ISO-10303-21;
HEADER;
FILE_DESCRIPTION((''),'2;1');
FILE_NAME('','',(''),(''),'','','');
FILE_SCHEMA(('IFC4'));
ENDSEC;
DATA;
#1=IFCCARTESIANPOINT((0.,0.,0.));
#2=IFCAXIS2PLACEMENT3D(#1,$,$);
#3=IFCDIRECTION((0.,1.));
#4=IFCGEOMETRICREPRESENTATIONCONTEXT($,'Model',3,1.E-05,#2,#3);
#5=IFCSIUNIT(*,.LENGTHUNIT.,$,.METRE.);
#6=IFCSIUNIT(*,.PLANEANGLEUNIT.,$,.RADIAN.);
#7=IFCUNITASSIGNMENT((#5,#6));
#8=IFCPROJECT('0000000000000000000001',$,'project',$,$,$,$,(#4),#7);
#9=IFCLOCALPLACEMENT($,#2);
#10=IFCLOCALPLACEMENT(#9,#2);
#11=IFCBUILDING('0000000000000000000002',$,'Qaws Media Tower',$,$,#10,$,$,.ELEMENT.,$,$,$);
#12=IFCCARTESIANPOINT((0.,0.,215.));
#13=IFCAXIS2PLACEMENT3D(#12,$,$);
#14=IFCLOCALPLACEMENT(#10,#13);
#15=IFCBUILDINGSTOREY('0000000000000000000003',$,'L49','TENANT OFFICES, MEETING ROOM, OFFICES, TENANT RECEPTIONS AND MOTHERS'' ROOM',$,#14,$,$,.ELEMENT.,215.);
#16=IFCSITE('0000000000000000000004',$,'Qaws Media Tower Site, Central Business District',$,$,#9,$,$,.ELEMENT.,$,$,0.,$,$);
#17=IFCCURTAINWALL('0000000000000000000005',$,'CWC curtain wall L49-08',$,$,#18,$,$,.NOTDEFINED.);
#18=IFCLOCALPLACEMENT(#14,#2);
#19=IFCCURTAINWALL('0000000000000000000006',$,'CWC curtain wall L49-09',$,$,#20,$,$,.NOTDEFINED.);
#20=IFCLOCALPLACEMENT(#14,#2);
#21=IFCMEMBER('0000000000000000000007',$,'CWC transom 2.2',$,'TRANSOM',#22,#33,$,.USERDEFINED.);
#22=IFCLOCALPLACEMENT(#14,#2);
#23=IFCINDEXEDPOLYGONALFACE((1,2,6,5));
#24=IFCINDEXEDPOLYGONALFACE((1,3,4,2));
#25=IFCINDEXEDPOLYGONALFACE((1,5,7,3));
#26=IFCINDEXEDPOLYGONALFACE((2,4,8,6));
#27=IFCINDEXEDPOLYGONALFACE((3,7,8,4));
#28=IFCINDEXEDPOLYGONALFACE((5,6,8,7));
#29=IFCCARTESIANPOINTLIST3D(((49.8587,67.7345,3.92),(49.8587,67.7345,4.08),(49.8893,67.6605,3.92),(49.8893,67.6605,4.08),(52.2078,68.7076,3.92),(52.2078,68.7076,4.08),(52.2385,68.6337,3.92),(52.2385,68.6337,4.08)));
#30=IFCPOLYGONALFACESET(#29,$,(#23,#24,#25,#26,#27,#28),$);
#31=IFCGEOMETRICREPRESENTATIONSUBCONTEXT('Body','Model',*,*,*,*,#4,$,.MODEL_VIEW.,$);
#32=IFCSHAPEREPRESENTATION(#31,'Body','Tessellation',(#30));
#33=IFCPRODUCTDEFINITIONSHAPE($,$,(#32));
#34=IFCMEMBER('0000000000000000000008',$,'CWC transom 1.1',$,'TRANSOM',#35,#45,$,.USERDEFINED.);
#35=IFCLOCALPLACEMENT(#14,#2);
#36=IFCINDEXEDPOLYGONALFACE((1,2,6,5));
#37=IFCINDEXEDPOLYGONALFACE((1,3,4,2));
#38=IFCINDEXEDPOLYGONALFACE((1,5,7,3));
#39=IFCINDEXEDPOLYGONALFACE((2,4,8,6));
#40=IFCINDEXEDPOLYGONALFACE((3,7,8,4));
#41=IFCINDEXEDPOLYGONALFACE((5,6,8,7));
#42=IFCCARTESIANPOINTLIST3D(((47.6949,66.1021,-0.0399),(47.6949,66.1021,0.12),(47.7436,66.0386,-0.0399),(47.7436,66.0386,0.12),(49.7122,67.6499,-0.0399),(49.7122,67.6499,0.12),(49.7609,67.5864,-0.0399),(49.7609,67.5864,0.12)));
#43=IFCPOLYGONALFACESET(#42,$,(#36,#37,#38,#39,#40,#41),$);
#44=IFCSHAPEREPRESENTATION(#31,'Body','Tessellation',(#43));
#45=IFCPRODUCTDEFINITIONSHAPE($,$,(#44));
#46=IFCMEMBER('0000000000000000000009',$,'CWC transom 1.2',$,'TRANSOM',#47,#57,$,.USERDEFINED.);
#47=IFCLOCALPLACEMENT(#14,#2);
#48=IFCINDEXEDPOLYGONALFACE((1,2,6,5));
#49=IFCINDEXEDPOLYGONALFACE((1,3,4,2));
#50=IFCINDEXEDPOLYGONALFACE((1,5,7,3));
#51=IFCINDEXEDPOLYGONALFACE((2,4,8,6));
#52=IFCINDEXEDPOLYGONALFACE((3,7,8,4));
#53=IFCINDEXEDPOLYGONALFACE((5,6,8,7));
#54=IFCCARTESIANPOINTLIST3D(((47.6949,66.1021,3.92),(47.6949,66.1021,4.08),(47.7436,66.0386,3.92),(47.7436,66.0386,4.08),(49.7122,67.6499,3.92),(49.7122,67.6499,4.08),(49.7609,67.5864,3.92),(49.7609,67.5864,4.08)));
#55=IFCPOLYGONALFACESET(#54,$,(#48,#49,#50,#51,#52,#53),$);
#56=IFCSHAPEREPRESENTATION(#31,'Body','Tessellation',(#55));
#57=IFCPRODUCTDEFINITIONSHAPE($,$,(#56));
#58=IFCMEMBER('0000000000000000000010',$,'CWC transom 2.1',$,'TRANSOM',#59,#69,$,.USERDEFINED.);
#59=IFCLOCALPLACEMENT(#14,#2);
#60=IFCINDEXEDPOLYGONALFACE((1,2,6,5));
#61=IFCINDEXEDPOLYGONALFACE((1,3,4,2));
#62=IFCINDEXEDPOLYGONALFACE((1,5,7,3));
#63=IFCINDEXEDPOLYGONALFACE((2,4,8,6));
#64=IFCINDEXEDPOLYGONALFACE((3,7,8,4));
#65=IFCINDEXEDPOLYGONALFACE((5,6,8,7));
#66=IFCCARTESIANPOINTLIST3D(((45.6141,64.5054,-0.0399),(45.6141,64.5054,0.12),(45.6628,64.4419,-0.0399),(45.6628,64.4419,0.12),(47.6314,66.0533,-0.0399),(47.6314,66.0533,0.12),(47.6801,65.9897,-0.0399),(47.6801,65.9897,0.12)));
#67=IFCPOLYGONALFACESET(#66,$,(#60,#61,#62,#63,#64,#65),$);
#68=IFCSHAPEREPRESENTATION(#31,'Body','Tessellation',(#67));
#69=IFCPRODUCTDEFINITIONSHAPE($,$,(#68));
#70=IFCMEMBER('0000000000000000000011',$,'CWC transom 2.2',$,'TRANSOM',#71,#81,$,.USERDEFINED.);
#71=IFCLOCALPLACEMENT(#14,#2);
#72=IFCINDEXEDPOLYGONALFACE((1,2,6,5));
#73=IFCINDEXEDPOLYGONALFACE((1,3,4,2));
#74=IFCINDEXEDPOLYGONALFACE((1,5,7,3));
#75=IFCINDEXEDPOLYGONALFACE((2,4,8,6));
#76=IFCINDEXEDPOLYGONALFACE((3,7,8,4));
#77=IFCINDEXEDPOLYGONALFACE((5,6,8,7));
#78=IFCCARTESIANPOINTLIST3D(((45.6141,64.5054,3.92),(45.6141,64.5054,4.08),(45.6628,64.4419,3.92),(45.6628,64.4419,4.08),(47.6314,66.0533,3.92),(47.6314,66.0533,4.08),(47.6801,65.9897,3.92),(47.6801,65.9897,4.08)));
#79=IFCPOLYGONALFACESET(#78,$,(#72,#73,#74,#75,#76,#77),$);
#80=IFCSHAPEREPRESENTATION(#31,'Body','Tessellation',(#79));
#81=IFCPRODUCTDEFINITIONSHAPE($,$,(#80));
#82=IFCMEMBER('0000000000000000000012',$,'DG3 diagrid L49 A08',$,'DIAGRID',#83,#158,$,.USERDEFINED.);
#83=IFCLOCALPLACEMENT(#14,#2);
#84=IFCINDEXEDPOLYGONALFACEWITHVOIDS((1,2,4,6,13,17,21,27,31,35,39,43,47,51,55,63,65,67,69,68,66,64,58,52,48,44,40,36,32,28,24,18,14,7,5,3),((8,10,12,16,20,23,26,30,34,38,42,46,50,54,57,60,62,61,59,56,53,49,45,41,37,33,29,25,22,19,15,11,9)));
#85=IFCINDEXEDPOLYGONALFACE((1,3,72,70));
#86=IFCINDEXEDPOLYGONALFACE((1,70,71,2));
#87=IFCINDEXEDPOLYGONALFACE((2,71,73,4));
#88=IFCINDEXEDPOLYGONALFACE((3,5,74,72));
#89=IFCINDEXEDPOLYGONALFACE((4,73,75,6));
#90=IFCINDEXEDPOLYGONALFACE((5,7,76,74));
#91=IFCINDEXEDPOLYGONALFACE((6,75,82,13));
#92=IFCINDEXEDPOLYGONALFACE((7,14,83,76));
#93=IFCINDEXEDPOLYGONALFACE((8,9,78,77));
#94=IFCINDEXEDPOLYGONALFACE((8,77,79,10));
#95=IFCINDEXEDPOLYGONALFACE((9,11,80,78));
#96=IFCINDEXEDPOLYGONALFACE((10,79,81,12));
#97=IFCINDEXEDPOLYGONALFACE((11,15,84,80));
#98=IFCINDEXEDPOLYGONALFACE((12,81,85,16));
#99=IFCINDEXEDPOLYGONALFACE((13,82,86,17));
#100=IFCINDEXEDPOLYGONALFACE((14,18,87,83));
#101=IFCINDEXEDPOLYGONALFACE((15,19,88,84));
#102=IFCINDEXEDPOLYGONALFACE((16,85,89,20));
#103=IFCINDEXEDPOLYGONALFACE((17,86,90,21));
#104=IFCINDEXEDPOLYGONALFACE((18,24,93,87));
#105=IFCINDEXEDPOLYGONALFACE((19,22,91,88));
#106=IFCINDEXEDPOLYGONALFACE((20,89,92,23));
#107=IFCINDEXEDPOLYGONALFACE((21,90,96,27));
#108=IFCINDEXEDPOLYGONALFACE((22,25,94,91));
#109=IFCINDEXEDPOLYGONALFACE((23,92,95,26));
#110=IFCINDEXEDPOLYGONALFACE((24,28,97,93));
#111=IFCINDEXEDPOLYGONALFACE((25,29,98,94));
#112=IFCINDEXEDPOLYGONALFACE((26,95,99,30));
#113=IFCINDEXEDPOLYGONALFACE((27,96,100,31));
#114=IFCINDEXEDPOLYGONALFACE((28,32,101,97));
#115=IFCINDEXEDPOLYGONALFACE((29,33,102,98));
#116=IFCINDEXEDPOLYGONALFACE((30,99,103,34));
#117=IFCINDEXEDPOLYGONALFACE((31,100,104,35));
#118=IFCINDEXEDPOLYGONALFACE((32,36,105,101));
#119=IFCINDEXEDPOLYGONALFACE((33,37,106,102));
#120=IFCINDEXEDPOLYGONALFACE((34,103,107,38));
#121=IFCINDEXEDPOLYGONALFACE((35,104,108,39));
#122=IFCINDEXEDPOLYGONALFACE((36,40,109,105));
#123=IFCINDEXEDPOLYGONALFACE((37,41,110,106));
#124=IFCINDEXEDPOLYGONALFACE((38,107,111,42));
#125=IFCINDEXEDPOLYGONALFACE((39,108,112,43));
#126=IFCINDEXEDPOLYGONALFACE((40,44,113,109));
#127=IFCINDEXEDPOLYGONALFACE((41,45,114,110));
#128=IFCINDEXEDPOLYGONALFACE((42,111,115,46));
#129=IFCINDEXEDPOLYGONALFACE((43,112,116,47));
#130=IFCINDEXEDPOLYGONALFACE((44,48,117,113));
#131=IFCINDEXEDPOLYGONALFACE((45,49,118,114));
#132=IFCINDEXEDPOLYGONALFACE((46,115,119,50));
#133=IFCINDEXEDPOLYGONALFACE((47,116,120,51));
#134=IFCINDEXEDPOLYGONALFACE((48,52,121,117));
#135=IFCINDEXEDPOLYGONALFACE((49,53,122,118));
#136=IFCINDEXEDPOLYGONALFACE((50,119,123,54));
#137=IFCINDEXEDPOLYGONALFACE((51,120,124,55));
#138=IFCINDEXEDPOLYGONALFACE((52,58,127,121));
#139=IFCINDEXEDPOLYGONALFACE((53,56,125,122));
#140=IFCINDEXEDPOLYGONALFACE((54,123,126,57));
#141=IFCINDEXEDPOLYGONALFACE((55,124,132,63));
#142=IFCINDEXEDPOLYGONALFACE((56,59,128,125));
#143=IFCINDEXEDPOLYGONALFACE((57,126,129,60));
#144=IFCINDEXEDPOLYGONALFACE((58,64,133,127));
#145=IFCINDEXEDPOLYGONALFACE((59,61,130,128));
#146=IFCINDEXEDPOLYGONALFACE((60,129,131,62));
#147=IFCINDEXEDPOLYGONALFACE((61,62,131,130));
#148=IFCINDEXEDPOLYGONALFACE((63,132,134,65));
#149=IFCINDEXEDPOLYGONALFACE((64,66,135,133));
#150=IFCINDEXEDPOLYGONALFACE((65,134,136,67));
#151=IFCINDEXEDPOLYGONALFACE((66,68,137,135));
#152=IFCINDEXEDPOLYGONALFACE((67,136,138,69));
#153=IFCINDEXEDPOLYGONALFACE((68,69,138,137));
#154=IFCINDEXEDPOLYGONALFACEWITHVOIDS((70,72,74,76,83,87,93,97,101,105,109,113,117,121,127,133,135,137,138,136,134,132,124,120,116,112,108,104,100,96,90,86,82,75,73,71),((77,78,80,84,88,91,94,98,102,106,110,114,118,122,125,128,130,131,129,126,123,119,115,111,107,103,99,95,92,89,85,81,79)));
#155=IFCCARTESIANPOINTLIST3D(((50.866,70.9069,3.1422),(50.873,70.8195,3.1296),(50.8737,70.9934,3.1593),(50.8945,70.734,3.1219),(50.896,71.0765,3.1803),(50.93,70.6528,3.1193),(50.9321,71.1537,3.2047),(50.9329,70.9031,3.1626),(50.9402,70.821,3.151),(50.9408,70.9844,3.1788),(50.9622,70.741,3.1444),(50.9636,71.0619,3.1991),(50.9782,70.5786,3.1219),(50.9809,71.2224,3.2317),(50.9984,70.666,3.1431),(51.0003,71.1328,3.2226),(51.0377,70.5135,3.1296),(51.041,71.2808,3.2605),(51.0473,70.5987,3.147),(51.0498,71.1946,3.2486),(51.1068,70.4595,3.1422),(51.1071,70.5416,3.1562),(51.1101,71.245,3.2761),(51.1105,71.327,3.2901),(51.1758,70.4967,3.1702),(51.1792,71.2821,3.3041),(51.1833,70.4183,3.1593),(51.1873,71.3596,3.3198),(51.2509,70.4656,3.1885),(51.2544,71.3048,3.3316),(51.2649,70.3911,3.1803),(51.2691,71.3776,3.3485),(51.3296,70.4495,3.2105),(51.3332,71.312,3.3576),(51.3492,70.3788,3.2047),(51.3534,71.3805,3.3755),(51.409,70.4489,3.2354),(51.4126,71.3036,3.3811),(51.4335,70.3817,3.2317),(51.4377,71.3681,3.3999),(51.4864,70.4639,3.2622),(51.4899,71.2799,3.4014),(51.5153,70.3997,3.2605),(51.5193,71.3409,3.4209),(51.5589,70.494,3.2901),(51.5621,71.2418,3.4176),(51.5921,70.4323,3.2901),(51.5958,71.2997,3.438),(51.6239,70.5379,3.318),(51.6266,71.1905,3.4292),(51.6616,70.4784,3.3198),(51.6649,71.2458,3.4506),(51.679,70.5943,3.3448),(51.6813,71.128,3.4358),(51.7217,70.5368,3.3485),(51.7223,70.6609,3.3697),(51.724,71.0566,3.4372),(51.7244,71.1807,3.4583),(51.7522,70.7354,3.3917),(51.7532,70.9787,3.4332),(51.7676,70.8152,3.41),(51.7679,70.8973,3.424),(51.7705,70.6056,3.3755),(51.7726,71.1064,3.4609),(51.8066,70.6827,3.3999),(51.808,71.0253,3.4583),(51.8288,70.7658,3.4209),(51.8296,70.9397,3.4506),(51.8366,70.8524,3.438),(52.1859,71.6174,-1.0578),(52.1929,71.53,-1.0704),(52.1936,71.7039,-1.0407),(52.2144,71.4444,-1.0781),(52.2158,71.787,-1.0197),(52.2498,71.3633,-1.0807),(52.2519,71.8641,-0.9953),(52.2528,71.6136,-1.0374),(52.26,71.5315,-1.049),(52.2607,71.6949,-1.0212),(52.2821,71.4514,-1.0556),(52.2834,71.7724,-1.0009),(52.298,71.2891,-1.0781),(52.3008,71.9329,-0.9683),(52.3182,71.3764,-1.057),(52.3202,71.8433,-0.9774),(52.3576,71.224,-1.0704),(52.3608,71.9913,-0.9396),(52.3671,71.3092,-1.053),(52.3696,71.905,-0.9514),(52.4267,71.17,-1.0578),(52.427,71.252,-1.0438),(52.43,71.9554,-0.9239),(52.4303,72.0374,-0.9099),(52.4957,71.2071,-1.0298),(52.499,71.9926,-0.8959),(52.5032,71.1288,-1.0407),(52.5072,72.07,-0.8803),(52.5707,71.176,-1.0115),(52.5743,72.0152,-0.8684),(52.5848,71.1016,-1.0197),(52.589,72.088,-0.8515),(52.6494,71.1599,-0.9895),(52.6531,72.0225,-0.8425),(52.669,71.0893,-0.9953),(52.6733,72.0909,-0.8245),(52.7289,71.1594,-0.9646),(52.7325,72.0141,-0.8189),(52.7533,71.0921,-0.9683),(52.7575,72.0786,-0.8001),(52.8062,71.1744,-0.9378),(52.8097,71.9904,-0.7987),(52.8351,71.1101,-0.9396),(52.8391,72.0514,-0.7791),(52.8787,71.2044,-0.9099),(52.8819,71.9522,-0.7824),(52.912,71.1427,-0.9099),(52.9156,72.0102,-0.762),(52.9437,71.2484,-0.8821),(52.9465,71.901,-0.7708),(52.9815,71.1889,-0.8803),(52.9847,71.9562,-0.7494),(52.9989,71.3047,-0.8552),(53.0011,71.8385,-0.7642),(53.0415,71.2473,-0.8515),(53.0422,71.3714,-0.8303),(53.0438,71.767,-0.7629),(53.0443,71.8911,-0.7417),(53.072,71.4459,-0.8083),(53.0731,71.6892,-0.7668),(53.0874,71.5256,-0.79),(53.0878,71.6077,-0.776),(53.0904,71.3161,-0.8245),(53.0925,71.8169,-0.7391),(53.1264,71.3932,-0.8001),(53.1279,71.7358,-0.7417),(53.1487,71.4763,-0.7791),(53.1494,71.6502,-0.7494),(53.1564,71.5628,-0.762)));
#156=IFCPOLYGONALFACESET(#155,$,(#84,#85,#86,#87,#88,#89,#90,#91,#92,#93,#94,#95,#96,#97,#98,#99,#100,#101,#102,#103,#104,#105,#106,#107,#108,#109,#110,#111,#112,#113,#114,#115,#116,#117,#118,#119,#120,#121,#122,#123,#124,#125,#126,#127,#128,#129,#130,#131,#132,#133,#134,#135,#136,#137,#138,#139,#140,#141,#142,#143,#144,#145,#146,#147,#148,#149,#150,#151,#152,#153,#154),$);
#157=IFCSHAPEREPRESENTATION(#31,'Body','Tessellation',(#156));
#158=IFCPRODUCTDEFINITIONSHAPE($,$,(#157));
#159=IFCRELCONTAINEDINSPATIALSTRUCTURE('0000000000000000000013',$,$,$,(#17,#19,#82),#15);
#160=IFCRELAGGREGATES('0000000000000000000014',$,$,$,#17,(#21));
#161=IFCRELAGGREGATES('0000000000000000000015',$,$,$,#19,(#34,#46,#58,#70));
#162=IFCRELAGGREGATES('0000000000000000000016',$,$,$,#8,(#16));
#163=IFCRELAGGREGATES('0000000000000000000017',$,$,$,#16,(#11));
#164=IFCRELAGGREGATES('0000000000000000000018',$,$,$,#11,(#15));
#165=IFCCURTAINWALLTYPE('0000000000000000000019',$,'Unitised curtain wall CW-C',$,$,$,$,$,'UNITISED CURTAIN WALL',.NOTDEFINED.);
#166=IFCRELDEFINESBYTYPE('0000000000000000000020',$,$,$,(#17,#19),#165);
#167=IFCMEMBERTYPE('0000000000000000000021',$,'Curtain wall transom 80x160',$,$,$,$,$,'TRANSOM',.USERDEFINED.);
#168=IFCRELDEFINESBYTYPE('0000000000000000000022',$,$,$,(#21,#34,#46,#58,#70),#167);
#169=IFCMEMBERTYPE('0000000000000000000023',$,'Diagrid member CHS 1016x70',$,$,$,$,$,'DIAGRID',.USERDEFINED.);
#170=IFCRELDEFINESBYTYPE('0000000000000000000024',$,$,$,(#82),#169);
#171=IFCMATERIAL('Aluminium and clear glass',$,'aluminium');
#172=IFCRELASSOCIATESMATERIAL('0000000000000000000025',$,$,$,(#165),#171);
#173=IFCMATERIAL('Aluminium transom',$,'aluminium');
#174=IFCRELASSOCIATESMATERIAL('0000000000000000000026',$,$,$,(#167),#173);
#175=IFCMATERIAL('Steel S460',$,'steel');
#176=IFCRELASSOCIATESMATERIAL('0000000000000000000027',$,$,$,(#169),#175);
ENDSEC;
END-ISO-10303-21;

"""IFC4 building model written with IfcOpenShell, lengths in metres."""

from ifc_helpers import new_model, si_unit, direction, frame, origin, origin_2d, place, context, subcontext, project, spatial, rectangle, hollow_circle, extrude, material, material_profile, profile_set, type_object, element, aggregate, save


model = new_model("IFC4")

# Units and contexts
model_context = context("Model", 3, precision=1e-05, world=origin(), true_north=direction((0.0, 1.0)))
body_context = subcontext(model_context, "Body", "Model", "MODEL_VIEW")
ifc_project = project(units=[si_unit("LENGTHUNIT", "METRE"), si_unit("PLANEANGLEUNIT", "RADIAN")], contexts=[model_context])

# Site, building, storey
site_placement = place(None, origin())
site = spatial("IfcSite", under=ifc_project, at=site_placement, Name="Qaws Media Tower Site, Central Business District", CompositionType="ELEMENT", RefElevation=0.0)
building_placement = place(site_placement, origin())
building = spatial("IfcBuilding", under=site, at=building_placement, Name="Qaws Media Tower", CompositionType="ELEMENT")
storey_placement = place(building_placement, frame((0.0, 0.0, 215.0)))
storey = spatial("IfcBuildingStorey", under=building, at=storey_placement, Name="L49", Description="TENANT OFFICES, MEETING ROOM, OFFICES, TENANT RECEPTIONS AND MOTHERS' ROOM", CompositionType="ELEMENT", Elevation=215.0)

# Curtain walls
ifc_material_1 = material(Name="Aluminium and clear glass", Category="aluminium")
curtain_wall_type = type_object("IfcCurtainWallType", Name="Unitised curtain wall CW-C", ElementType="UNITISED CURTAIN WALL", PredefinedType="NOTDEFINED", material=ifc_material_1)
curtain_wall_1_placement = place(storey_placement, origin())
curtain_wall_1 = element("IfcCurtainWall", 1, at=curtain_wall_1_placement, inside=storey, type_object=curtain_wall_type, Name="CWC curtain wall L49-08", PredefinedType="NOTDEFINED")
curtain_wall_2_placement = place(storey_placement, origin())
curtain_wall_2 = element("IfcCurtainWall", 2, at=curtain_wall_2_placement, inside=storey, type_object=curtain_wall_type, Name="CWC curtain wall L49-09", PredefinedType="NOTDEFINED")

# Members
ifc_material_2 = material(Name="Aluminium transom", Category="aluminium")
ifc_material_profile_1 = material_profile(ifc_material_2, rectangle(XDim=0.0801, YDim=0.1599, at=origin_2d()), Name="80x160")
ifc_profile_set_1 = profile_set([ifc_material_profile_1], Name="Aluminium transom")
member_type_1 = type_object("IfcMemberType", Name="Curtain wall transom 80x160", ElementType="TRANSOM", PredefinedType="USERDEFINED", material=ifc_profile_set_1)
member_1_placement = place(storey_placement, frame((52.2231, 68.6707, 4.0), z_axis=(-0.923865, -0.382719, 0.0), x_axis=(0.382719, -0.923865, 0.0)))
member_1 = element("IfcMember", 3, at=member_1_placement, type_object=member_type_1, Name="CWC transom 2.2", ObjectType="TRANSOM", PredefinedType="USERDEFINED", context=body_context, shape_type="SweptSolid", body=[
    extrude(rectangle(XDim=0.0801, YDim=0.1599, at=origin_2d()), origin(), (0.0, 0.0, 1.0), 2.5427),
])
member_2_placement = place(storey_placement, frame((49.7366, 67.6182, 0.04), z_axis=(-0.793373, -0.608736, 0.0), x_axis=(0.608736, -0.793373, 0.0)))
member_2 = element("IfcMember", 4, at=member_2_placement, type_object=member_type_1, Name="CWC transom 1.1", ObjectType="TRANSOM", PredefinedType="USERDEFINED", context=body_context, shape_type="SweptSolid", body=[
    extrude(rectangle(XDim=0.0801, YDim=0.1599, at=origin_2d()), origin(), (0.0, 0.0, 1.0), 2.5427),
])
member_3_placement = place(storey_placement, frame((49.7366, 67.6182, 4.0), z_axis=(-0.793373, -0.608736, 0.0), x_axis=(0.608736, -0.793373, 0.0)))
member_3 = element("IfcMember", 5, at=member_3_placement, type_object=member_type_1, Name="CWC transom 1.2", ObjectType="TRANSOM", PredefinedType="USERDEFINED", context=body_context, shape_type="SweptSolid", body=[
    extrude(rectangle(XDim=0.0801, YDim=0.1599, at=origin_2d()), origin(), (0.0, 0.0, 1.0), 2.5427),
])
member_4_placement = place(storey_placement, frame((47.6558, 66.0215, 0.04), z_axis=(-0.793373, -0.608736, 0.0), x_axis=(0.608736, -0.793373, 0.0)))
member_4 = element("IfcMember", 6, at=member_4_placement, type_object=member_type_1, Name="CWC transom 2.1", ObjectType="TRANSOM", PredefinedType="USERDEFINED", context=body_context, shape_type="SweptSolid", body=[
    extrude(rectangle(XDim=0.0801, YDim=0.1599, at=origin_2d()), origin(), (0.0, 0.0, 1.0), 2.5427),
])
member_5_placement = place(storey_placement, frame((47.6558, 66.0215, 4.0), z_axis=(-0.793373, -0.608736, 0.0), x_axis=(0.608736, -0.793373, 0.0)))
member_5 = element("IfcMember", 7, at=member_5_placement, type_object=member_type_1, Name="CWC transom 2.2", ObjectType="TRANSOM", PredefinedType="USERDEFINED", context=body_context, shape_type="SweptSolid", body=[
    extrude(rectangle(XDim=0.0801, YDim=0.1599, at=origin_2d()), origin(), (0.0, 0.0, 1.0), 2.5427),
])

# Member
ifc_material_3 = material(Name="Steel S460", Category="steel")
ifc_material_profile_2 = material_profile(ifc_material_3, hollow_circle(Radius=0.5081, WallThickness=0.0701, at=origin_2d()), Name="CHS 1016x70")
ifc_profile_set_2 = profile_set([ifc_material_profile_2], Name="Steel S460")
member_type_2 = type_object("IfcMemberType", Name="Diagrid member CHS 1016x70", ElementType="DIAGRID", PredefinedType="USERDEFINED", material=ifc_profile_set_2)
member_6_placement = place(storey_placement, frame((52.6711, 71.5901, -0.9099), z_axis=(-0.295964, -0.159315, 0.941819), x_axis=(0.473983, -0.880534, 0.0)))
element("IfcMember", 8, at=member_6_placement, inside=storey, type_object=member_type_2, Name="DG3 diagrid L49 A08", ObjectType="DIAGRID", PredefinedType="USERDEFINED", context=body_context, shape_type="SweptSolid", body=[
    extrude(hollow_circle(Radius=0.5081, WallThickness=0.0701, at=origin_2d()), origin(), (0.0, 0.0, 1.0), 4.4595),
])

aggregate(curtain_wall_1, [member_1])
aggregate(curtain_wall_2, [member_2, member_3, member_4, member_5])

save(model, "model.ifc")
